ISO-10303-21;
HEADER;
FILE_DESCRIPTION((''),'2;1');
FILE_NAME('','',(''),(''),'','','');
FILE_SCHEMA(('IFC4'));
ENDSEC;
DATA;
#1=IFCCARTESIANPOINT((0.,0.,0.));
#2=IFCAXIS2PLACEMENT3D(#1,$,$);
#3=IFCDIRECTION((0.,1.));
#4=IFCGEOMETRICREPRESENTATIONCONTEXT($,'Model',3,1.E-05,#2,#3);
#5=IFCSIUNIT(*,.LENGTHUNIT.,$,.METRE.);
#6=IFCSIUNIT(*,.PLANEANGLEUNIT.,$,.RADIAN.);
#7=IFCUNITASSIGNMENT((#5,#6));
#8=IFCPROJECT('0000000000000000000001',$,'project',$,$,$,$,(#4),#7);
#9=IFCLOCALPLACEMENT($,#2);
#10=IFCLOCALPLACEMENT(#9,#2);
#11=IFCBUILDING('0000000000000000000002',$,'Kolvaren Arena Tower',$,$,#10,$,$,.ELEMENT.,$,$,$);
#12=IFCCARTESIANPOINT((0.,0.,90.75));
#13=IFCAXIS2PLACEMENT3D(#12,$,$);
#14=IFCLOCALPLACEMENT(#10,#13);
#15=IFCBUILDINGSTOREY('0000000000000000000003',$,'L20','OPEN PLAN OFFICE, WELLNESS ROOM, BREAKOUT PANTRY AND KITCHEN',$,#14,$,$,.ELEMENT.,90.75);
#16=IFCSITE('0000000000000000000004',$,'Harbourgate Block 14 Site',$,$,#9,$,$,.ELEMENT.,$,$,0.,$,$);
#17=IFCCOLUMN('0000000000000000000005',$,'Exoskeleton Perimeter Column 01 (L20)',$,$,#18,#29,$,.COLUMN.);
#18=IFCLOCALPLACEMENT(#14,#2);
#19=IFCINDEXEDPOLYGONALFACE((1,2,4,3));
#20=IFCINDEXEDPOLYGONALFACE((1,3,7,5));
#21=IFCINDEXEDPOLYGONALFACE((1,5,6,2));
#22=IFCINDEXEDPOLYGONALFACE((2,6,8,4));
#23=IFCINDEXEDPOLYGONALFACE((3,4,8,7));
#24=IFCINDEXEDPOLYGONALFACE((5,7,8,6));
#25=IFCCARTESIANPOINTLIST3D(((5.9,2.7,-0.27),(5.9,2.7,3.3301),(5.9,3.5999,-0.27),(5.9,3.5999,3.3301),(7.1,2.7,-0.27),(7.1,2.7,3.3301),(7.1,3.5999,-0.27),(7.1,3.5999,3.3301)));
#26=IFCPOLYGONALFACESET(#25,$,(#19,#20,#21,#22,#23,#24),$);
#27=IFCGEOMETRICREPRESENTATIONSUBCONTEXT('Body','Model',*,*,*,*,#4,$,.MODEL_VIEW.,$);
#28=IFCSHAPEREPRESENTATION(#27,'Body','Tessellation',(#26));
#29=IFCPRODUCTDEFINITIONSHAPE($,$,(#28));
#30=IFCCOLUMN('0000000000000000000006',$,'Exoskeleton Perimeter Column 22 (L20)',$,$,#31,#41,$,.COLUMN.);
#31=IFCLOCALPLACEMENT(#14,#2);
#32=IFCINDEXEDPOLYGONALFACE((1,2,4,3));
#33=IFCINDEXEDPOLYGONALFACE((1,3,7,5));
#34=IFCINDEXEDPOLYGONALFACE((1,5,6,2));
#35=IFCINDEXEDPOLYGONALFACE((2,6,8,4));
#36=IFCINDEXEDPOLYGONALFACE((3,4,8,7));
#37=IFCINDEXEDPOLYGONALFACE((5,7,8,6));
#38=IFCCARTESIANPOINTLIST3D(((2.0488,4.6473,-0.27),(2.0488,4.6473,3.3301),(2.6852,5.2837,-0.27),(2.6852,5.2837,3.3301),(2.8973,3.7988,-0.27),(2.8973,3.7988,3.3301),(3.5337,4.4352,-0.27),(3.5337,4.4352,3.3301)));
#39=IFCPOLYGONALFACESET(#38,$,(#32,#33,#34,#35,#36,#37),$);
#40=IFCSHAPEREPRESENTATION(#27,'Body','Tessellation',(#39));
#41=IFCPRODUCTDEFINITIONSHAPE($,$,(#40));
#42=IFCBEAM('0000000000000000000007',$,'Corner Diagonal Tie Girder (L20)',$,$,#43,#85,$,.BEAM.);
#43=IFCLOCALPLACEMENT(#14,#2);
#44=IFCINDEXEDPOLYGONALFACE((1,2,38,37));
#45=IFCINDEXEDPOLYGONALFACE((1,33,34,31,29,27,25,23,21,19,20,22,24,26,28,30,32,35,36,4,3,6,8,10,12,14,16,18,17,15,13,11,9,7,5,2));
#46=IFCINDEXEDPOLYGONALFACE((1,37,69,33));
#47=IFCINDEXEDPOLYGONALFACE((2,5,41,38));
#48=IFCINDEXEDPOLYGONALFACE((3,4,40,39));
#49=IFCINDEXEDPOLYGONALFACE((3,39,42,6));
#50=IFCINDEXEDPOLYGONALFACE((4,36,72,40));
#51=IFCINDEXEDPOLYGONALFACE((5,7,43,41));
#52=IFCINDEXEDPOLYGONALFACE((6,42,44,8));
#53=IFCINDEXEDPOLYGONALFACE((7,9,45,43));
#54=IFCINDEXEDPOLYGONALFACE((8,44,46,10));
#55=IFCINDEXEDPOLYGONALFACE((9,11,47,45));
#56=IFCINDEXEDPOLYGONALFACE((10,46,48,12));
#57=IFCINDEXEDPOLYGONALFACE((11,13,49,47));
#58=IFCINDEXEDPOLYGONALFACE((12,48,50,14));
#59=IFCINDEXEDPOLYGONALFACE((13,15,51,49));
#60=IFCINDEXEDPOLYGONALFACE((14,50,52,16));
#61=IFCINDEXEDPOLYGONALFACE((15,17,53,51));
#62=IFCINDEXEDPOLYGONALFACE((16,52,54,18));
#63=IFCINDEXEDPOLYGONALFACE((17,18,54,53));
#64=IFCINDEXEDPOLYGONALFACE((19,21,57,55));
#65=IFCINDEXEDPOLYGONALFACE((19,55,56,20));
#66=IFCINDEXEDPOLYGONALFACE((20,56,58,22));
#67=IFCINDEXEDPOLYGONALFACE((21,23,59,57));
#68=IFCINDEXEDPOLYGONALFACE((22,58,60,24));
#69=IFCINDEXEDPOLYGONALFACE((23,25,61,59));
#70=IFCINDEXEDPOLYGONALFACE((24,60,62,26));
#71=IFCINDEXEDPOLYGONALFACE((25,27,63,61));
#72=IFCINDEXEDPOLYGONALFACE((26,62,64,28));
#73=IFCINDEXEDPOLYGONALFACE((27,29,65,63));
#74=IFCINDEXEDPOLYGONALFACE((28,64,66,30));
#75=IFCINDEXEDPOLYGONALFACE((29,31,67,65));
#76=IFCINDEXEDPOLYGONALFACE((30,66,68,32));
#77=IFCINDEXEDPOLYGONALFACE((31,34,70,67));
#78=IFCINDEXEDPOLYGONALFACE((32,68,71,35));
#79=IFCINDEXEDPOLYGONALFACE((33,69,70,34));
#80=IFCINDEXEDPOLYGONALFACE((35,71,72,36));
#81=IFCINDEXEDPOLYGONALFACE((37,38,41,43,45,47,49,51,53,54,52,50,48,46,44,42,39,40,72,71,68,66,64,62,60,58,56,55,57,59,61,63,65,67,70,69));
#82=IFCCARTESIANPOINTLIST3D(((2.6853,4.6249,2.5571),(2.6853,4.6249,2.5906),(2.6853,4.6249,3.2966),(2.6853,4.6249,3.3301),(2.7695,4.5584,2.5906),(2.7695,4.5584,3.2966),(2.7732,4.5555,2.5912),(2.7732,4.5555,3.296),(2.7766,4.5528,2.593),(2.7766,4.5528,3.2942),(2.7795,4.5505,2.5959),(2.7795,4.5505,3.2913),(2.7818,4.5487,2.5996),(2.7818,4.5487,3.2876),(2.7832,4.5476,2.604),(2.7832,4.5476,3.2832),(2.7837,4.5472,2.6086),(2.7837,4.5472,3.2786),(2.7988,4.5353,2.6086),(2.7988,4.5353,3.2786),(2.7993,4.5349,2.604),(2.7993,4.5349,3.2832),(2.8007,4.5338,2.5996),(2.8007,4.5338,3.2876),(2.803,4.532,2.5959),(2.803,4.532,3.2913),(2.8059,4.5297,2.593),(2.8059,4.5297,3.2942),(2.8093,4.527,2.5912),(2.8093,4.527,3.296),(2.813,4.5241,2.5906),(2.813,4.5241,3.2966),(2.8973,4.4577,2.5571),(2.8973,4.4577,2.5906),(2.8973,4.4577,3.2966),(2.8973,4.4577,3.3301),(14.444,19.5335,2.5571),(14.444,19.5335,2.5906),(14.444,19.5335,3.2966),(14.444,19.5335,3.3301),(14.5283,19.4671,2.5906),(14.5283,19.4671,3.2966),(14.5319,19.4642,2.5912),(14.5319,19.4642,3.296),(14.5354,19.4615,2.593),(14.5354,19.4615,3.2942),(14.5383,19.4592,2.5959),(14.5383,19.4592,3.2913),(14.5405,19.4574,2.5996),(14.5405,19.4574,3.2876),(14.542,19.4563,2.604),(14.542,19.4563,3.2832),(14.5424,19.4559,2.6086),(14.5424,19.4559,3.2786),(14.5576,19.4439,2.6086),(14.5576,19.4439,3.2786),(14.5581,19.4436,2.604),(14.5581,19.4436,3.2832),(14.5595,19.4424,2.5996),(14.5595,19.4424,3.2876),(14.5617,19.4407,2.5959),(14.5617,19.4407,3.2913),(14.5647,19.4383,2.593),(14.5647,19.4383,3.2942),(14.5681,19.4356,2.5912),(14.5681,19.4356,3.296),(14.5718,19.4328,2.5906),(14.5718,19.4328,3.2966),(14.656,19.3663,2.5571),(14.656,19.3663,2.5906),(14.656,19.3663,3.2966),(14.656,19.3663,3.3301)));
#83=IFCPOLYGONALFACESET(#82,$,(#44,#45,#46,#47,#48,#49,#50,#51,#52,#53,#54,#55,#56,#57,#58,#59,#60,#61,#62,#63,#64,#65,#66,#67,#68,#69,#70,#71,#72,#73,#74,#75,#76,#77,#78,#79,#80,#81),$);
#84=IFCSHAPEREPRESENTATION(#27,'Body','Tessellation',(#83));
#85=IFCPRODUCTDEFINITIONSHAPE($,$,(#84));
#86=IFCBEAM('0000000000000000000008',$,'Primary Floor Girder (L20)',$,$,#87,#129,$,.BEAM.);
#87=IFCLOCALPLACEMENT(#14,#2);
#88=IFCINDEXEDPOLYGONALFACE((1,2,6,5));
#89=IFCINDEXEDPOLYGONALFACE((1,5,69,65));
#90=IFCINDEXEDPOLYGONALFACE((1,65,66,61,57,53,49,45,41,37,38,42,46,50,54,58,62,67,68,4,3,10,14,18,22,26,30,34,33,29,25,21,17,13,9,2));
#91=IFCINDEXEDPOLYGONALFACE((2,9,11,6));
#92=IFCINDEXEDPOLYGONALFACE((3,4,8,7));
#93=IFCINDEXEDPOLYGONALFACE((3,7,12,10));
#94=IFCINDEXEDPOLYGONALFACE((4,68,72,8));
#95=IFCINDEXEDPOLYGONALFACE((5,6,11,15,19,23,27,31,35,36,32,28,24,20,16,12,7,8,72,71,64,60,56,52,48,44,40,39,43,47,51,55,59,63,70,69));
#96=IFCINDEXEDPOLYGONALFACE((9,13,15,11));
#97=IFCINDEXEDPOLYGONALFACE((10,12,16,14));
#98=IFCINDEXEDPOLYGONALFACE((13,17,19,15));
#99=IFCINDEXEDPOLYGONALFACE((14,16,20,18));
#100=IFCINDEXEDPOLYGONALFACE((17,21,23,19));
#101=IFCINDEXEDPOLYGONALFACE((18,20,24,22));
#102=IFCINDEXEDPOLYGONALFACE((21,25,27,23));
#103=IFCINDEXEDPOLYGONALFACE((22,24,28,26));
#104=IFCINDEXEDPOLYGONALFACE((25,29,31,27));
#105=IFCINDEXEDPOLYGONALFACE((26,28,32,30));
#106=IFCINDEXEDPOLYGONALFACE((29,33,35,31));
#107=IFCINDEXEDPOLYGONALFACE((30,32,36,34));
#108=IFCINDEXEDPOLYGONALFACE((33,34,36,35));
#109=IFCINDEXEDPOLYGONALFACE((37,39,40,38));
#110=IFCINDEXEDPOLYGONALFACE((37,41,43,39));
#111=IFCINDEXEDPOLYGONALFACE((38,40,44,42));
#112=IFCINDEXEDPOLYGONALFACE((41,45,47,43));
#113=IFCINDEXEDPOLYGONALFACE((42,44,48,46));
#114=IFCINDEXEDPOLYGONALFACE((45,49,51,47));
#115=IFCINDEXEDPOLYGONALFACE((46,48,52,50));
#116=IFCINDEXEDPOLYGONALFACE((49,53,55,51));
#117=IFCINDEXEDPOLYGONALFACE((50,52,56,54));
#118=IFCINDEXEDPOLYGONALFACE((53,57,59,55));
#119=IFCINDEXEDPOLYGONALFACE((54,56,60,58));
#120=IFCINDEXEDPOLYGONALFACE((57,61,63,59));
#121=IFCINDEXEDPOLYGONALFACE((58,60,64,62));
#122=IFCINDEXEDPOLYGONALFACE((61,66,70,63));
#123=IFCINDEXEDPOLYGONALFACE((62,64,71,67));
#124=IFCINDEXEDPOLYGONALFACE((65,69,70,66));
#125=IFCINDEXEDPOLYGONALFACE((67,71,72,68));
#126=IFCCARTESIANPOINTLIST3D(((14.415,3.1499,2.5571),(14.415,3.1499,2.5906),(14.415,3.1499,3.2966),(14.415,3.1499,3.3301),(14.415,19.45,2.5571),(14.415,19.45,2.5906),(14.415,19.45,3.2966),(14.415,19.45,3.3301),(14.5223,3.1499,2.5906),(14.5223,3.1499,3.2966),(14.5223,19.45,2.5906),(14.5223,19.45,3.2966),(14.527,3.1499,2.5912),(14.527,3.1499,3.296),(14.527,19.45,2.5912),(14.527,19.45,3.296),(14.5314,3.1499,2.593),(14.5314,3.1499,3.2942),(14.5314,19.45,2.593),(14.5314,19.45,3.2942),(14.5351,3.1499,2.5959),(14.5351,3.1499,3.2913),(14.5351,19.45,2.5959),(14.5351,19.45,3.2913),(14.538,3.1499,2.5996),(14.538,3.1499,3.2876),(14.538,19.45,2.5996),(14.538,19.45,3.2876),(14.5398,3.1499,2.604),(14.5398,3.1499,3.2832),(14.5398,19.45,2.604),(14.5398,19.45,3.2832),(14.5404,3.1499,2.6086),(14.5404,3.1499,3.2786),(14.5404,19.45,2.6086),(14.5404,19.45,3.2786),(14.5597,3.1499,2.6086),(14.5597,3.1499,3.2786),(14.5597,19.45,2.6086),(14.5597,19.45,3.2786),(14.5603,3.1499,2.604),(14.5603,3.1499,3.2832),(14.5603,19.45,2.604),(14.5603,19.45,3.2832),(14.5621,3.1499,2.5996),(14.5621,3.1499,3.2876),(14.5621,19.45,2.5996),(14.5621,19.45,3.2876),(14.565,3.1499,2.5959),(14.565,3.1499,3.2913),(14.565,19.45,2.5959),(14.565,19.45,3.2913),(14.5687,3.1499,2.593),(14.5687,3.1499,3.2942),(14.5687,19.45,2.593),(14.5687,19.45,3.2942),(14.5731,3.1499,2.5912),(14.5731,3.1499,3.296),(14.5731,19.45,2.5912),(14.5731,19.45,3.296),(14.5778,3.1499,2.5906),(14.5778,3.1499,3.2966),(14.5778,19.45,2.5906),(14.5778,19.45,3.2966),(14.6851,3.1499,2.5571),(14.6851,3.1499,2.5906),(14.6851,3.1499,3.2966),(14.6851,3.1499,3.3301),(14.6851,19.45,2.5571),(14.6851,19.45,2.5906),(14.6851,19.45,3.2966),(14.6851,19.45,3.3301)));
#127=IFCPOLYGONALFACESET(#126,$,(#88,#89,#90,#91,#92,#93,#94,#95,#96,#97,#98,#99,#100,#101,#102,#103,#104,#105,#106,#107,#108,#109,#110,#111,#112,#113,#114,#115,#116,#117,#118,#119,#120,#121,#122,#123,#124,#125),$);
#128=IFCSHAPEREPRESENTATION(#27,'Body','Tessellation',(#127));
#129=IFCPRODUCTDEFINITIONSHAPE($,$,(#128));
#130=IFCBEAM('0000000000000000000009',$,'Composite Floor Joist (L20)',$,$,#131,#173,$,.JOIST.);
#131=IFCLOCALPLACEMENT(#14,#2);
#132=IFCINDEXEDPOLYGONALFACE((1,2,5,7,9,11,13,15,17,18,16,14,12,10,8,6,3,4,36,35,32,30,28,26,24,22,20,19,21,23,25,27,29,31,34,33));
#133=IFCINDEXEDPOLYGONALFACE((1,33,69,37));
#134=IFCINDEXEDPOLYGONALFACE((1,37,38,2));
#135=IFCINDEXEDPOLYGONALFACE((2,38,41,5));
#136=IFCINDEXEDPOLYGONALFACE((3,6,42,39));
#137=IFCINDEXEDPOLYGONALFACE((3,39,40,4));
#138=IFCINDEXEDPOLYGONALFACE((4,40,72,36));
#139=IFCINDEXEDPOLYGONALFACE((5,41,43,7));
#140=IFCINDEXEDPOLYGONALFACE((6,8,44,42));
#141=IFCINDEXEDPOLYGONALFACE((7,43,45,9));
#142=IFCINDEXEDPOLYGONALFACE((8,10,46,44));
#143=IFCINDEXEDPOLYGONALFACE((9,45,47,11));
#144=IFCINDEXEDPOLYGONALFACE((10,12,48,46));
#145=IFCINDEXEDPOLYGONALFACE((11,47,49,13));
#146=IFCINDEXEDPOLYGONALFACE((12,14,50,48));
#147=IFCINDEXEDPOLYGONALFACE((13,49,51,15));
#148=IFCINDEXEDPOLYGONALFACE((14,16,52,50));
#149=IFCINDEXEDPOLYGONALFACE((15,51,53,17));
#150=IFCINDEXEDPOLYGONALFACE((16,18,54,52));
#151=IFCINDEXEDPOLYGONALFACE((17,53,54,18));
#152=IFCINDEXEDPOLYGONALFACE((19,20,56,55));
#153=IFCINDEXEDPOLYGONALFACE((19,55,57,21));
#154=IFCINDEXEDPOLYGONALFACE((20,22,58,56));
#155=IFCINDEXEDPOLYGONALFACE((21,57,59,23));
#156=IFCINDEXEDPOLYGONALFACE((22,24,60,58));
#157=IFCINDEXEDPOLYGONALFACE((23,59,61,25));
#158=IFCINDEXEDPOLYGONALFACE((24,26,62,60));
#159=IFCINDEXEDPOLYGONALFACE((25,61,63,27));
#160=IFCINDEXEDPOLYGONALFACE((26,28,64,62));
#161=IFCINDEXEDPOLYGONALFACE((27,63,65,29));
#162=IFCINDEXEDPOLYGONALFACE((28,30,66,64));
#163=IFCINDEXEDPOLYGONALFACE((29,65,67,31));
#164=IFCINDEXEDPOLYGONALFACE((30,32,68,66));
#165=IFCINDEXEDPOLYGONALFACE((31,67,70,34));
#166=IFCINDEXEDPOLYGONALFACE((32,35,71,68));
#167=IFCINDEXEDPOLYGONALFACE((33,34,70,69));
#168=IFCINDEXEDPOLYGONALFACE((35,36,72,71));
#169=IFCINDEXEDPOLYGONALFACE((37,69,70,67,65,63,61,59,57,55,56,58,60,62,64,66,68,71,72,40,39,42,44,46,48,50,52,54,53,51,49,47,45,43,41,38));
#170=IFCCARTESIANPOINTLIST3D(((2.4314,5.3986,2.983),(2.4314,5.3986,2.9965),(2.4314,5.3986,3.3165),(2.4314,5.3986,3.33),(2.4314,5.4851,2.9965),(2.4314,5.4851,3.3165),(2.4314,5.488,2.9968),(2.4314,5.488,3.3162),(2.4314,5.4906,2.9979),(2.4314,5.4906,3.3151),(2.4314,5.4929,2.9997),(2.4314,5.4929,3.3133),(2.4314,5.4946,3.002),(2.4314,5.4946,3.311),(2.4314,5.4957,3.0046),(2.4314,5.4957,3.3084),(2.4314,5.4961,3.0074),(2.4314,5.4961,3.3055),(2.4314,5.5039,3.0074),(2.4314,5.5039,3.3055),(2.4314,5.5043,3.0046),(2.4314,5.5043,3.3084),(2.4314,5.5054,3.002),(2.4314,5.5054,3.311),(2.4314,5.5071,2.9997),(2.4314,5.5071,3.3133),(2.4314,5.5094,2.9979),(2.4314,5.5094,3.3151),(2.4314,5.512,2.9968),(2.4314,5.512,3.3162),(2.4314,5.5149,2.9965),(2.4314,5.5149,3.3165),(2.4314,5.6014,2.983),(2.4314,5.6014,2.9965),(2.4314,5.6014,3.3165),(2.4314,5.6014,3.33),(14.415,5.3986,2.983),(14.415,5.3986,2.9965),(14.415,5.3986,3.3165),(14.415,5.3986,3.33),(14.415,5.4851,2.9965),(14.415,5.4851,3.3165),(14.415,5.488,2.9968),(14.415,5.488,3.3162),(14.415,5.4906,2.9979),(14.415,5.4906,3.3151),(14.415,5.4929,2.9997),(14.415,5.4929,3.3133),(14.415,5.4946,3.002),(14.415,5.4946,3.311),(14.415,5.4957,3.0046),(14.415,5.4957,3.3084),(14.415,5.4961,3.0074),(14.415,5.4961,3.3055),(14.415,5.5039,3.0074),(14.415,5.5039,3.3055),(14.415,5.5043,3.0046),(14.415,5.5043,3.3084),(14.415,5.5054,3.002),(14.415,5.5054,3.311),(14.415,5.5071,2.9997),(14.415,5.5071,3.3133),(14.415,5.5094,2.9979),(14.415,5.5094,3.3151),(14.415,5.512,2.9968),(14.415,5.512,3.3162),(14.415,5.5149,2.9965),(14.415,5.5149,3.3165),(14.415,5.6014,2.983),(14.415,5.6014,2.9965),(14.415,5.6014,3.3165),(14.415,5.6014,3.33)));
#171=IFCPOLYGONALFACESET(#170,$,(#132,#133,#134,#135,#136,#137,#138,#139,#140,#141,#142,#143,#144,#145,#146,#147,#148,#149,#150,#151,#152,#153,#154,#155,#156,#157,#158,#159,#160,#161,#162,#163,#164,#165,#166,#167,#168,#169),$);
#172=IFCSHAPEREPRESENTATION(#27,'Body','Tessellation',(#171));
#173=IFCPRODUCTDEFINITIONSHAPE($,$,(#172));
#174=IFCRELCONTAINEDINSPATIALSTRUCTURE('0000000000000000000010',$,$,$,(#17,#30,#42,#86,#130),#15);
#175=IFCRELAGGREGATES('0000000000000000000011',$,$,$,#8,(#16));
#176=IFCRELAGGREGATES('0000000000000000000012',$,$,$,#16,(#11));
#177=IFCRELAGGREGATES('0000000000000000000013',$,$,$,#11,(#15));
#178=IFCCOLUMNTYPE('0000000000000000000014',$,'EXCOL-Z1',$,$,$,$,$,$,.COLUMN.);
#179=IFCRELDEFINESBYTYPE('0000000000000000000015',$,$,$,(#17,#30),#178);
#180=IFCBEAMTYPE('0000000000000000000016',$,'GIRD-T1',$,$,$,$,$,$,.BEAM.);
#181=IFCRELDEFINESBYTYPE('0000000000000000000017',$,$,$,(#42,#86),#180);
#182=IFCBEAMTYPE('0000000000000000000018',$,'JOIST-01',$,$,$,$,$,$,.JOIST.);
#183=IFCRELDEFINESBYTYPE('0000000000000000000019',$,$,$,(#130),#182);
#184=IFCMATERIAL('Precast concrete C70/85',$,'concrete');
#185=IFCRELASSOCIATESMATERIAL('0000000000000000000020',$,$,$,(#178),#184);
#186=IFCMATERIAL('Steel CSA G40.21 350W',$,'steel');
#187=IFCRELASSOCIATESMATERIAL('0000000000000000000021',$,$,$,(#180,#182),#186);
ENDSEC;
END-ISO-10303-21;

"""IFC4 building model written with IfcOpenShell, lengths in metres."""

from ifc_helpers import new_model, si_unit, direction, frame, origin, origin_2d, place, context, subcontext, project, spatial, rectangle, i_section, extrude, material, material_profile, profile_set, type_object, element, save


model = new_model("IFC4")

# Units and contexts
model_context = context("Model", 3, precision=1e-05, world=origin(), true_north=direction((0.0, 1.0)))
body_context = subcontext(model_context, "Body", "Model", "MODEL_VIEW")
ifc_project = project(units=[si_unit("LENGTHUNIT", "METRE"), si_unit("PLANEANGLEUNIT", "RADIAN")], contexts=[model_context])

# Site, building, storey
site_placement = place(None, origin())
site = spatial("IfcSite", under=ifc_project, at=site_placement, Name="Harbourgate Block 14 Site", CompositionType="ELEMENT", RefElevation=0.0)
building_placement = place(site_placement, origin())
building = spatial("IfcBuilding", under=site, at=building_placement, Name="Kolvaren Arena Tower", CompositionType="ELEMENT")
storey_placement = place(building_placement, frame((0.0, 0.0, 90.75)))
storey = spatial("IfcBuildingStorey", under=building, at=storey_placement, Name="L20", Description="OPEN PLAN OFFICE, WELLNESS ROOM, BREAKOUT PANTRY AND KITCHEN", CompositionType="ELEMENT", Elevation=90.75)

# Columns
ifc_material_1 = material(Name="Precast concrete C70/85", Category="concrete")
ifc_material_profile_1 = material_profile(ifc_material_1, rectangle(XDim=1.2, YDim=0.8999, at=origin_2d()), Name="RC-1200x900")
ifc_profile_set_1 = profile_set([ifc_material_profile_1], Name="Precast concrete C70/85")
column_type = type_object("IfcColumnType", Name="EXCOL-Z1", PredefinedType="COLUMN", material=ifc_profile_set_1)
for number, where, z_axis, x_axis, name in (
    (1, (6.5, 3.1499, -0.27), (0.0, 0.0, 1.0), (1.0, 0.0, 0.0), "Exoskeleton Perimeter Column 01 (L20)"),
    (2, (2.7913, 4.5413, -0.27), (0.0, 0.0, 1.0), (-0.707107, 0.707107, 0.0), "Exoskeleton Perimeter Column 22 (L20)"),
):
    element("IfcColumn", number, at=place(storey_placement, frame(where, z_axis=z_axis, x_axis=x_axis)), inside=storey, type_object=column_type, Name=name, PredefinedType="COLUMN", context=body_context, shape_type="SweptSolid", body=[
        extrude(rectangle(XDim=1.2, YDim=0.8999, at=origin_2d()), origin(), (0.0, 0.0, 1.0), 3.6001),
    ])

# Beams
ifc_material_2 = material(Name="Steel CSA G40.21 350W", Category="steel")
ifc_material_profile_2 = material_profile(ifc_material_2, i_section(OverallWidth=0.27, OverallDepth=0.7729, WebThickness=0.0193, FlangeThickness=0.0334, FilletRadius=0.0181, at=origin_2d()), Name="W760x257")
ifc_profile_set_2 = profile_set([ifc_material_profile_2], Name="Steel CSA G40.21 350W")
beam_type_1 = type_object("IfcBeamType", Name="GIRD-T1", PredefinedType="BEAM", material=ifc_profile_set_2)
beam_1_placement = place(storey_placement, frame((2.7913, 4.5413, 2.9436), z_axis=(0.61928, 0.78517, 0.0), x_axis=(-0.78517, 0.61928, 0.0)))
element("IfcBeam", 3, at=beam_1_placement, inside=storey, type_object=beam_type_1, Name="Corner Diagonal Tie Girder (L20)", PredefinedType="BEAM", context=body_context, shape_type="SweptSolid", body=[
    extrude(i_section(OverallWidth=0.27, OverallDepth=0.7729, WebThickness=0.0193, FlangeThickness=0.0334, FilletRadius=0.0181, at=origin_2d()), origin(), (0.0, 0.0, 1.0), 18.9878),
])
beam_2_placement = place(storey_placement, frame((14.55, 3.1499, 2.9436), z_axis=(0.0, 1.0, 0.0), x_axis=(-1.0, 0.0, 0.0)))
element("IfcBeam", 4, at=beam_2_placement, inside=storey, type_object=beam_type_1, Name="Primary Floor Girder (L20)", PredefinedType="BEAM", context=body_context, shape_type="SweptSolid", body=[
    extrude(i_section(OverallWidth=0.27, OverallDepth=0.7729, WebThickness=0.0193, FlangeThickness=0.0334, FilletRadius=0.0181, at=origin_2d()), origin(), (0.0, 0.0, 1.0), 16.3),
])
ifc_material_profile_3 = material_profile(ifc_material_2, i_section(OverallWidth=0.2029, OverallDepth=0.3469, WebThickness=0.0078, FlangeThickness=0.0134, FilletRadius=0.011, at=origin_2d()), Name="W360x64")
ifc_profile_set_3 = profile_set([ifc_material_profile_3], Name="Steel CSA G40.21 350W")
beam_type_2 = type_object("IfcBeamType", Name="JOIST-01", PredefinedType="JOIST", material=ifc_profile_set_3)
beam_3_placement = place(storey_placement, frame((2.4314, 5.5, 3.1565), z_axis=(1.0, 0.0, 0.0), x_axis=(0.0, 1.0, 0.0)))
element("IfcBeam", 5, at=beam_3_placement, inside=storey, type_object=beam_type_2, Name="Composite Floor Joist (L20)", PredefinedType="JOIST", context=body_context, shape_type="SweptSolid", body=[
    extrude(i_section(OverallWidth=0.2029, OverallDepth=0.3469, WebThickness=0.0078, FlangeThickness=0.0134, FilletRadius=0.011, at=origin_2d()), origin(), (0.0, 0.0, 1.0), 11.9836),
])

save(model, "model.ifc")
